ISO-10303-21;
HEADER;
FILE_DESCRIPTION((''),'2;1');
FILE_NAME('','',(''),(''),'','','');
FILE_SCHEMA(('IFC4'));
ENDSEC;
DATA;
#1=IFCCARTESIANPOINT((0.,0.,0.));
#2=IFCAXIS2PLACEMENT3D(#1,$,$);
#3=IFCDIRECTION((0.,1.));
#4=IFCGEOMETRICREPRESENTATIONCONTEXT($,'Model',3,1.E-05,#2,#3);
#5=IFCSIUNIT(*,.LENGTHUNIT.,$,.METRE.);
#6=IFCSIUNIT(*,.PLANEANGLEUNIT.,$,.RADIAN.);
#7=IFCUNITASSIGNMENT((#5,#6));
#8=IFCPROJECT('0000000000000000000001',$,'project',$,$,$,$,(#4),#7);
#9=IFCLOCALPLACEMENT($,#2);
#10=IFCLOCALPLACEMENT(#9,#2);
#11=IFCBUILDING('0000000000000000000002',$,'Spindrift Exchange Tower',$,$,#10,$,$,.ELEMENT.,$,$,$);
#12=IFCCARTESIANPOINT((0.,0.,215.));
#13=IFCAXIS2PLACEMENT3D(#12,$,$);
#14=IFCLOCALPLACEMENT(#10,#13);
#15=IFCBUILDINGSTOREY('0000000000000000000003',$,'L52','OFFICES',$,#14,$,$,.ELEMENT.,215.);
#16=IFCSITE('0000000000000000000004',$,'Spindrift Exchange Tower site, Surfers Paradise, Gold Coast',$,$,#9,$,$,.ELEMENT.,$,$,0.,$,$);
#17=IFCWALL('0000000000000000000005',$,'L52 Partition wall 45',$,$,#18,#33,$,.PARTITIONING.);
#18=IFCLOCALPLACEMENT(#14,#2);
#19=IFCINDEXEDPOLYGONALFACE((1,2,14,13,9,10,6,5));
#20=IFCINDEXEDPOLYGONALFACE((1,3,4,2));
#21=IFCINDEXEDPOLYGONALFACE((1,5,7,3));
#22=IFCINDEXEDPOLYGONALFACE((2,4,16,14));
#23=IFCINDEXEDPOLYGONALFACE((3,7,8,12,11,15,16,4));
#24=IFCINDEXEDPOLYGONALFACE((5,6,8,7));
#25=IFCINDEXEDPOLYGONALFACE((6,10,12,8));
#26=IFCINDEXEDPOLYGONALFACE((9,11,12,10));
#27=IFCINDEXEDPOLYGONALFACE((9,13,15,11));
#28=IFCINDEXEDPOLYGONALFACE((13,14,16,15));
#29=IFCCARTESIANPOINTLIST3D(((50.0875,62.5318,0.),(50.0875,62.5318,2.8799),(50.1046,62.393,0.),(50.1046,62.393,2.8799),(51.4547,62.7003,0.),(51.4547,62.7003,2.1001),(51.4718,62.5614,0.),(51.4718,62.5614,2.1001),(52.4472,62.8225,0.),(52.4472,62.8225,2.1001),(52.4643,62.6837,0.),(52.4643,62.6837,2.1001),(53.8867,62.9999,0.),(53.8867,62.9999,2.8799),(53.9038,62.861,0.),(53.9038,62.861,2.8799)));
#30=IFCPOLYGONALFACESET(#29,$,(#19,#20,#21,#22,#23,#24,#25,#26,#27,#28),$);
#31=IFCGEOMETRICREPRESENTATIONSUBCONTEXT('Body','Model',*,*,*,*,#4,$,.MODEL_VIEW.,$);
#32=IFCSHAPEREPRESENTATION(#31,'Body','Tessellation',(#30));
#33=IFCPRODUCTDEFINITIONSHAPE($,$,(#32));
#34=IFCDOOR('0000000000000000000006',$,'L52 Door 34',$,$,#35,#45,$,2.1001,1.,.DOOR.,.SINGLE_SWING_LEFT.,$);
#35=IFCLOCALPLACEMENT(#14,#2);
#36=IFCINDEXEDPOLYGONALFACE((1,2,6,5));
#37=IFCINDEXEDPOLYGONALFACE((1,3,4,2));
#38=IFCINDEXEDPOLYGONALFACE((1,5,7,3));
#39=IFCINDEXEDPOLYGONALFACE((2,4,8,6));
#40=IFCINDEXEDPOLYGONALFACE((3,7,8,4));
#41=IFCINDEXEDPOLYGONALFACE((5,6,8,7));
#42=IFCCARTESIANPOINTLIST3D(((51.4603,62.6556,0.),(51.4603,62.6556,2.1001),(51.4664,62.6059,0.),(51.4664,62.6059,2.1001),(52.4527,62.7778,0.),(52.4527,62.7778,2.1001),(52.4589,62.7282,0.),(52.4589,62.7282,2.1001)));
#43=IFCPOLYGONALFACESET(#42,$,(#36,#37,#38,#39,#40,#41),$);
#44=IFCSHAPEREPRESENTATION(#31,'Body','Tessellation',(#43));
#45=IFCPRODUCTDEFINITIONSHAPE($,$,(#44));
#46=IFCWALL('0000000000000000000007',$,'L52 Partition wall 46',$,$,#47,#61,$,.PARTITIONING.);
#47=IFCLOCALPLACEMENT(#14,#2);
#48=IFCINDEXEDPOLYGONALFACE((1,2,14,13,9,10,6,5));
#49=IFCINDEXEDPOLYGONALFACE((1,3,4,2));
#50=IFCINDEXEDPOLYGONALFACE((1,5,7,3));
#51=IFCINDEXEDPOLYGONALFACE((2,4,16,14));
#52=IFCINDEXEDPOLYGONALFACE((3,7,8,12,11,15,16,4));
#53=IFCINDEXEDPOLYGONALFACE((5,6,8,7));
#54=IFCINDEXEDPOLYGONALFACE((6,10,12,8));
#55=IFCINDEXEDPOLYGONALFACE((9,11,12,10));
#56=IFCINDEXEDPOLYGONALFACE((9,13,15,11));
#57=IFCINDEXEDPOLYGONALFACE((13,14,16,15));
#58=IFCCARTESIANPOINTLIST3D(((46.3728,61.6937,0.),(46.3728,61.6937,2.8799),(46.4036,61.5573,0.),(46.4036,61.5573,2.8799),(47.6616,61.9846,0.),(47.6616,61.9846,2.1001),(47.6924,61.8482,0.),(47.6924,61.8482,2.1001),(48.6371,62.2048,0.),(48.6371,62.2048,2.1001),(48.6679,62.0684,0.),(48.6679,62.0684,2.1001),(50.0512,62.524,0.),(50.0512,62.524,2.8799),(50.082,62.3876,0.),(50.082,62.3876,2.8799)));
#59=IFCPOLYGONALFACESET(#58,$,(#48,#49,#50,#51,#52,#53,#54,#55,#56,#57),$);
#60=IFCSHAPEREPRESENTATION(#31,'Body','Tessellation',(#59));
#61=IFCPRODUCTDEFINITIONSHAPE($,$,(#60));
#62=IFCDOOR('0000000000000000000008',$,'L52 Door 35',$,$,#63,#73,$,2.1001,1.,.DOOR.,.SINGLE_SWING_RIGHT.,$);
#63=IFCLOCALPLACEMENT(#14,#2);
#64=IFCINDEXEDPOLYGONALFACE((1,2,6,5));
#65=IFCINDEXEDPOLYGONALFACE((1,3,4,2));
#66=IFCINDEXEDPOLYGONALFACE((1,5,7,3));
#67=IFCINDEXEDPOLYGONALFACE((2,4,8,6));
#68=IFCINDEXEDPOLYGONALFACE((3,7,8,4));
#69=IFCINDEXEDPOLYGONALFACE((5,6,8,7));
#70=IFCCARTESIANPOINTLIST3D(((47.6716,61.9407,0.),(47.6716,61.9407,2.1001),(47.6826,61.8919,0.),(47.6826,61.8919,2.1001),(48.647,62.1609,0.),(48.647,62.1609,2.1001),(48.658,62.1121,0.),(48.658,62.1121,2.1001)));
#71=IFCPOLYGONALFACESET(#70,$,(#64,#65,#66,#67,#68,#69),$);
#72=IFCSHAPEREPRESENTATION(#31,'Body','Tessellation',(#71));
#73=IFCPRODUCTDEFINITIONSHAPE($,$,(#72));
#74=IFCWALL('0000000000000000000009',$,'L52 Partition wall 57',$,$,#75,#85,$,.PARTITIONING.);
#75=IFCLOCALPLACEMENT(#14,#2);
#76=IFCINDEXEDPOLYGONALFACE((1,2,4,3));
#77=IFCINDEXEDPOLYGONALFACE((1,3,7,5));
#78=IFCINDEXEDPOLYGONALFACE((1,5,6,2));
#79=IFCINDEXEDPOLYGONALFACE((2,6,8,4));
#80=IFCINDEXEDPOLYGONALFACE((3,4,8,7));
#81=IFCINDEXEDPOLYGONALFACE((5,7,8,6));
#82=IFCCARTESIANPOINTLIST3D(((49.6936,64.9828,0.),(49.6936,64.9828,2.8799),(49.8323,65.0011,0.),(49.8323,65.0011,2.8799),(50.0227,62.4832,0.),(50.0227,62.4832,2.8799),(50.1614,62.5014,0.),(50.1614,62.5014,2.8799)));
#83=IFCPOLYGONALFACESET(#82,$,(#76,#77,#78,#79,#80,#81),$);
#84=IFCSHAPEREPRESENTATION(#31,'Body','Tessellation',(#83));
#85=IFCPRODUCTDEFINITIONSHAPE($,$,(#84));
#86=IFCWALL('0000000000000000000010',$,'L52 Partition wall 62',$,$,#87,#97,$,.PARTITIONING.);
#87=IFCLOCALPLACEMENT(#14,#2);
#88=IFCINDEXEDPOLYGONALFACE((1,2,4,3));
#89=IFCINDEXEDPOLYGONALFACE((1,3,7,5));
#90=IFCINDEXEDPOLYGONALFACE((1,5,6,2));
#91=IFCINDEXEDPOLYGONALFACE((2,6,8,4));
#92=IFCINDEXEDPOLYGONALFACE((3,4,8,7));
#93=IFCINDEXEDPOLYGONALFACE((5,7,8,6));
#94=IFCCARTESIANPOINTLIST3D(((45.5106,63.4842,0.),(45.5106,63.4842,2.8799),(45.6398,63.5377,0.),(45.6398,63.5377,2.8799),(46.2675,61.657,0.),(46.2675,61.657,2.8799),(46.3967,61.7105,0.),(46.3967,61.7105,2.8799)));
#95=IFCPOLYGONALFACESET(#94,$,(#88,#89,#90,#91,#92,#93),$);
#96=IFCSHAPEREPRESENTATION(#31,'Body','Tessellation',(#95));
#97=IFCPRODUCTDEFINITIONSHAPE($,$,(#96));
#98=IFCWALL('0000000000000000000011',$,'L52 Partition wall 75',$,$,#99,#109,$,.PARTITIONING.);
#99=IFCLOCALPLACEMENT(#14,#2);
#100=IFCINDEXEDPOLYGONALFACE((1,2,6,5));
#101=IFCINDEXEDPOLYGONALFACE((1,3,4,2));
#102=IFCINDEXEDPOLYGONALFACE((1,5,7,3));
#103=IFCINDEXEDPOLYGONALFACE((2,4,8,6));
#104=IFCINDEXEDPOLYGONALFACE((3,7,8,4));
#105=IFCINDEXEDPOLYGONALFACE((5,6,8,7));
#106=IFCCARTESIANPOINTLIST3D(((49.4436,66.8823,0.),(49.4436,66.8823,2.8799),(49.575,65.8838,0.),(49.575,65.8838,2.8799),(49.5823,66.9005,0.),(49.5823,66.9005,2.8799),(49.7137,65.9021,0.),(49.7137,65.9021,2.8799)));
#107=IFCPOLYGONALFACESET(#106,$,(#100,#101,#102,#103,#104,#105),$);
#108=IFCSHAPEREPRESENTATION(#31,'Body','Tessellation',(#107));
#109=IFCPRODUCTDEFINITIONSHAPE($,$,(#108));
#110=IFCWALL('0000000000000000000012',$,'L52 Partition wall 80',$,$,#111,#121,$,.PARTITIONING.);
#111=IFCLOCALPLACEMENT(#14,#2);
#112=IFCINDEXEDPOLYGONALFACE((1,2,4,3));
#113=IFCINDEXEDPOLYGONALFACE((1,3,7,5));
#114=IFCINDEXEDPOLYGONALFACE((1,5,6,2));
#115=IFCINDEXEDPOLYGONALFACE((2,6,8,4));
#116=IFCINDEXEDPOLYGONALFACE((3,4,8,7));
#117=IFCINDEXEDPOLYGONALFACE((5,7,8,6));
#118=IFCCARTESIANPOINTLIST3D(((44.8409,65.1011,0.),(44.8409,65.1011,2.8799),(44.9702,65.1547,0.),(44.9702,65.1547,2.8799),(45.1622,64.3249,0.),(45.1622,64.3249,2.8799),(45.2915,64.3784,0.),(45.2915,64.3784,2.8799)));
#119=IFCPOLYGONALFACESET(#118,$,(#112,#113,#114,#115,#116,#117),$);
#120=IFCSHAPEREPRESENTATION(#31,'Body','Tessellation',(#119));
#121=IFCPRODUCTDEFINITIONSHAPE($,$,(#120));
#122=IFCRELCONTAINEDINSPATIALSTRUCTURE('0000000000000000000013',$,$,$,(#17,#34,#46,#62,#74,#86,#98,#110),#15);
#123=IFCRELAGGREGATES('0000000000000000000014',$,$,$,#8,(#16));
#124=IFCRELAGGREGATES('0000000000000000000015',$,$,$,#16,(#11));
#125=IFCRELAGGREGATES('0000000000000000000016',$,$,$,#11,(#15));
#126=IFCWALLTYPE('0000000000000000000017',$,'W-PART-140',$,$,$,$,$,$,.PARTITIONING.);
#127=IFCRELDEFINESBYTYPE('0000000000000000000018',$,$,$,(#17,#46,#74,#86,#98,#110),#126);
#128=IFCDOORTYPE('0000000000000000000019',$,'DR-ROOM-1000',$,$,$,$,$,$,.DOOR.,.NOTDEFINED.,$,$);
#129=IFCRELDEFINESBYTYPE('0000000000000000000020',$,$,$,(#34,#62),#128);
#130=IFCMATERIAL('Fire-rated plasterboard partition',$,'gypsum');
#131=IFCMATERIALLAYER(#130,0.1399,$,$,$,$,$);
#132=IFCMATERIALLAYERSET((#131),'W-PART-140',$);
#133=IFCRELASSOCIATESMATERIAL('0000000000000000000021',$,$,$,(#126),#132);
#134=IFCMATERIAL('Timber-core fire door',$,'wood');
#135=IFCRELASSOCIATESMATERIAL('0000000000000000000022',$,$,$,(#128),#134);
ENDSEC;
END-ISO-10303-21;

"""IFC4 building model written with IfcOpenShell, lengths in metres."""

from ifc_helpers import new_model, si_unit, direction, frame, frame_2d, origin, place, context, subcontext, project, spatial, rectangle, extrude, source, transform, mapped, material, layer, layer_set, type_object, element, fill, save


model = new_model("IFC4")

# Units and contexts
model_context = context("Model", 3, precision=1e-05, world=origin(), true_north=direction((0.0, 1.0)))
body_context = subcontext(model_context, "Body", "Model", "MODEL_VIEW")
ifc_project = project(units=[si_unit("LENGTHUNIT", "METRE"), si_unit("PLANEANGLEUNIT", "RADIAN")], contexts=[model_context])

# Site, building, storey
site_placement = place(None, origin())
site = spatial("IfcSite", under=ifc_project, at=site_placement, Name="Spindrift Exchange Tower site, Surfers Paradise, Gold Coast", CompositionType="ELEMENT", RefElevation=0.0)
building_placement = place(site_placement, origin())
building = spatial("IfcBuilding", under=site, at=building_placement, Name="Spindrift Exchange Tower", CompositionType="ELEMENT")
storey_placement = place(building_placement, frame((0.0, 0.0, 215.0)))
storey = spatial("IfcBuildingStorey", under=building, at=storey_placement, Name="L52", Description="OFFICES", CompositionType="ELEMENT", Elevation=215.0)

# Walls, openings, doors
ifc_material_1 = material(Name="Fire-rated plasterboard partition", Category="gypsum")
ifc_layer_1 = layer(ifc_material_1, 0.1399)
ifc_layer_set_1 = layer_set([ifc_layer_1], Name="W-PART-140")
wall_type = type_object("IfcWallType", Name="W-PART-140", PredefinedType="PARTITIONING", material=ifc_layer_set_1)
wall_1_placement = place(storey_placement, frame((50.0959, 62.4624, 0.0), z_axis=(0.0, 0.0, 1.0), x_axis=(0.992497, 0.122268, 0.0)))
wall_1 = element("IfcWall", 1, at=wall_1_placement, inside=storey, type_object=wall_type, Name="L52 Partition wall 45", PredefinedType="PARTITIONING", context=body_context, shape_type="SweptSolid", body=[
    extrude(rectangle(XDim=3.8279, YDim=0.1399, at=frame_2d((1.9141, 0.0))), origin(), (0.0, 0.0, 1.0), 2.8799),
])
opening_1_placement = place(wall_1_placement, frame((1.3777, 0.0, 0.0)))
opening_1 = element("IfcOpeningElement", 2, at=opening_1_placement, cuts=wall_1, PredefinedType="OPENING", context=body_context, shape_type="SweptSolid", body=[
    extrude(rectangle(XDim=1.0, YDim=2.1001, at=frame_2d((0.5, 1.05))), frame((0.0, 0.0798, 0.0), z_axis=(0.0, -1.0, 0.0), x_axis=(1.0, 0.0, 0.0)), (0.0, 0.0, 1.0), 0.1599),
])
ifc_material_2 = material(Name="Timber-core fire door", Category="wood")
door_type = type_object("IfcDoorType", Name="DR-ROOM-1000", OperationType="NOTDEFINED", PredefinedType="DOOR", material=ifc_material_2)
shared_shape_1 = source(origin(), body_context, "Body", "SweptSolid", [
    extrude(rectangle(XDim=1.0, YDim=2.1001, at=frame_2d((0.5, 1.05))), frame((0.0, 0.0249, 0.0), z_axis=(0.0, -1.0, 0.0), x_axis=(1.0, 0.0, 0.0)), (0.0, 0.0, 1.0), 0.05),
])
door_1_placement = place(opening_1_placement, origin())
door_1 = element("IfcDoor", 3, at=door_1_placement, inside=storey, type_object=door_type, Name="L52 Door 34", OperationType="SINGLE_SWING_LEFT", OverallHeight=2.1001, OverallWidth=1.0, PredefinedType="DOOR", context=body_context, shape_type="MappedRepresentation", body=[
    mapped(shared_shape_1, transform((0.0, 0.0, 0.0), scale=1.0)),
])
fill(opening_1, door_1)
wall_2_placement = place(storey_placement, frame((46.3882, 61.6255, 0.0), z_axis=(0.0, 0.0, 1.0), x_axis=(0.975458, 0.220185, 0.0)))
wall_2 = element("IfcWall", 4, at=wall_2_placement, inside=storey, type_object=wall_type, Name="L52 Partition wall 46", PredefinedType="PARTITIONING", context=body_context, shape_type="SweptSolid", body=[
    extrude(rectangle(XDim=3.771, YDim=0.1399, at=frame_2d((1.8855, 0.0))), origin(), (0.0, 0.0, 1.0), 2.8799),
])
opening_2_placement = place(wall_2_placement, frame((1.3213, 0.0, 0.0)))
opening_2 = element("IfcOpeningElement", 5, at=opening_2_placement, cuts=wall_2, PredefinedType="OPENING", context=body_context, shape_type="SweptSolid", body=[
    extrude(rectangle(XDim=1.0, YDim=2.1001, at=frame_2d((0.5, 1.05))), frame((0.0, 0.0798, 0.0), z_axis=(0.0, -1.0, 0.0), x_axis=(1.0, 0.0, 0.0)), (0.0, 0.0, 1.0), 0.1599),
])
door_2_placement = place(opening_2_placement, origin())
door_2 = element("IfcDoor", 6, at=door_2_placement, inside=storey, type_object=door_type, Name="L52 Door 35", OperationType="SINGLE_SWING_RIGHT", OverallHeight=2.1001, OverallWidth=1.0, PredefinedType="DOOR", context=body_context, shape_type="MappedRepresentation", body=[
    mapped(shared_shape_1, transform((0.0, 0.0, 0.0), scale=1.0)),
])
fill(opening_2, door_2)

# Walls
wall_3_placement = place(storey_placement, frame((50.092, 62.4922, 0.0), z_axis=(0.0, 0.0, 1.0), x_axis=(-0.130527, 0.991445, 0.0)))
element("IfcWall", 7, at=wall_3_placement, inside=storey, type_object=wall_type, Name="L52 Partition wall 57", PredefinedType="PARTITIONING", context=body_context, shape_type="SweptSolid", body=[
    extrude(rectangle(XDim=2.5212, YDim=0.1399, at=frame_2d((1.2607, 0.0))), origin(), (0.0, 0.0, 1.0), 2.8799),
])
wall_4_placement = place(storey_placement, frame((46.332, 61.6838, 0.0), z_axis=(0.0, 0.0, 1.0), x_axis=(-0.382686, 0.923878, 0.0)))
element("IfcWall", 8, at=wall_4_placement, inside=storey, type_object=wall_type, Name="L52 Partition wall 62", PredefinedType="PARTITIONING", context=body_context, shape_type="SweptSolid", body=[
    extrude(rectangle(XDim=1.9778, YDim=0.1399, at=frame_2d((0.9888, 0.0))), origin(), (0.0, 0.0, 1.0), 2.8799),
])
wall_5_placement = place(storey_placement, frame((49.6443, 65.8931, 0.0), z_axis=(0.0, 0.0, 1.0), x_axis=(-0.130417, 0.991459, 0.0)))
element("IfcWall", 9, at=wall_5_placement, inside=storey, type_object=wall_type, Name="L52 Partition wall 75", PredefinedType="PARTITIONING", context=body_context, shape_type="SweptSolid", body=[
    extrude(rectangle(XDim=1.0071, YDim=0.1399, at=frame_2d((0.5034, 0.0))), origin(), (0.0, 0.0, 1.0), 2.8799),
])
wall_6_placement = place(storey_placement, frame((45.2268, 64.3518, 0.0), z_axis=(0.0, 0.0, 1.0), x_axis=(-0.382489, 0.92396, 0.0)))
element("IfcWall", 10, at=wall_6_placement, inside=storey, type_object=wall_type, Name="L52 Partition wall 80", PredefinedType="PARTITIONING", context=body_context, shape_type="SweptSolid", body=[
    extrude(rectangle(XDim=0.8401, YDim=0.1399, at=frame_2d((0.4199, 0.0))), origin(), (0.0, 0.0, 1.0), 2.8799),
])

save(model, "model.ifc")
